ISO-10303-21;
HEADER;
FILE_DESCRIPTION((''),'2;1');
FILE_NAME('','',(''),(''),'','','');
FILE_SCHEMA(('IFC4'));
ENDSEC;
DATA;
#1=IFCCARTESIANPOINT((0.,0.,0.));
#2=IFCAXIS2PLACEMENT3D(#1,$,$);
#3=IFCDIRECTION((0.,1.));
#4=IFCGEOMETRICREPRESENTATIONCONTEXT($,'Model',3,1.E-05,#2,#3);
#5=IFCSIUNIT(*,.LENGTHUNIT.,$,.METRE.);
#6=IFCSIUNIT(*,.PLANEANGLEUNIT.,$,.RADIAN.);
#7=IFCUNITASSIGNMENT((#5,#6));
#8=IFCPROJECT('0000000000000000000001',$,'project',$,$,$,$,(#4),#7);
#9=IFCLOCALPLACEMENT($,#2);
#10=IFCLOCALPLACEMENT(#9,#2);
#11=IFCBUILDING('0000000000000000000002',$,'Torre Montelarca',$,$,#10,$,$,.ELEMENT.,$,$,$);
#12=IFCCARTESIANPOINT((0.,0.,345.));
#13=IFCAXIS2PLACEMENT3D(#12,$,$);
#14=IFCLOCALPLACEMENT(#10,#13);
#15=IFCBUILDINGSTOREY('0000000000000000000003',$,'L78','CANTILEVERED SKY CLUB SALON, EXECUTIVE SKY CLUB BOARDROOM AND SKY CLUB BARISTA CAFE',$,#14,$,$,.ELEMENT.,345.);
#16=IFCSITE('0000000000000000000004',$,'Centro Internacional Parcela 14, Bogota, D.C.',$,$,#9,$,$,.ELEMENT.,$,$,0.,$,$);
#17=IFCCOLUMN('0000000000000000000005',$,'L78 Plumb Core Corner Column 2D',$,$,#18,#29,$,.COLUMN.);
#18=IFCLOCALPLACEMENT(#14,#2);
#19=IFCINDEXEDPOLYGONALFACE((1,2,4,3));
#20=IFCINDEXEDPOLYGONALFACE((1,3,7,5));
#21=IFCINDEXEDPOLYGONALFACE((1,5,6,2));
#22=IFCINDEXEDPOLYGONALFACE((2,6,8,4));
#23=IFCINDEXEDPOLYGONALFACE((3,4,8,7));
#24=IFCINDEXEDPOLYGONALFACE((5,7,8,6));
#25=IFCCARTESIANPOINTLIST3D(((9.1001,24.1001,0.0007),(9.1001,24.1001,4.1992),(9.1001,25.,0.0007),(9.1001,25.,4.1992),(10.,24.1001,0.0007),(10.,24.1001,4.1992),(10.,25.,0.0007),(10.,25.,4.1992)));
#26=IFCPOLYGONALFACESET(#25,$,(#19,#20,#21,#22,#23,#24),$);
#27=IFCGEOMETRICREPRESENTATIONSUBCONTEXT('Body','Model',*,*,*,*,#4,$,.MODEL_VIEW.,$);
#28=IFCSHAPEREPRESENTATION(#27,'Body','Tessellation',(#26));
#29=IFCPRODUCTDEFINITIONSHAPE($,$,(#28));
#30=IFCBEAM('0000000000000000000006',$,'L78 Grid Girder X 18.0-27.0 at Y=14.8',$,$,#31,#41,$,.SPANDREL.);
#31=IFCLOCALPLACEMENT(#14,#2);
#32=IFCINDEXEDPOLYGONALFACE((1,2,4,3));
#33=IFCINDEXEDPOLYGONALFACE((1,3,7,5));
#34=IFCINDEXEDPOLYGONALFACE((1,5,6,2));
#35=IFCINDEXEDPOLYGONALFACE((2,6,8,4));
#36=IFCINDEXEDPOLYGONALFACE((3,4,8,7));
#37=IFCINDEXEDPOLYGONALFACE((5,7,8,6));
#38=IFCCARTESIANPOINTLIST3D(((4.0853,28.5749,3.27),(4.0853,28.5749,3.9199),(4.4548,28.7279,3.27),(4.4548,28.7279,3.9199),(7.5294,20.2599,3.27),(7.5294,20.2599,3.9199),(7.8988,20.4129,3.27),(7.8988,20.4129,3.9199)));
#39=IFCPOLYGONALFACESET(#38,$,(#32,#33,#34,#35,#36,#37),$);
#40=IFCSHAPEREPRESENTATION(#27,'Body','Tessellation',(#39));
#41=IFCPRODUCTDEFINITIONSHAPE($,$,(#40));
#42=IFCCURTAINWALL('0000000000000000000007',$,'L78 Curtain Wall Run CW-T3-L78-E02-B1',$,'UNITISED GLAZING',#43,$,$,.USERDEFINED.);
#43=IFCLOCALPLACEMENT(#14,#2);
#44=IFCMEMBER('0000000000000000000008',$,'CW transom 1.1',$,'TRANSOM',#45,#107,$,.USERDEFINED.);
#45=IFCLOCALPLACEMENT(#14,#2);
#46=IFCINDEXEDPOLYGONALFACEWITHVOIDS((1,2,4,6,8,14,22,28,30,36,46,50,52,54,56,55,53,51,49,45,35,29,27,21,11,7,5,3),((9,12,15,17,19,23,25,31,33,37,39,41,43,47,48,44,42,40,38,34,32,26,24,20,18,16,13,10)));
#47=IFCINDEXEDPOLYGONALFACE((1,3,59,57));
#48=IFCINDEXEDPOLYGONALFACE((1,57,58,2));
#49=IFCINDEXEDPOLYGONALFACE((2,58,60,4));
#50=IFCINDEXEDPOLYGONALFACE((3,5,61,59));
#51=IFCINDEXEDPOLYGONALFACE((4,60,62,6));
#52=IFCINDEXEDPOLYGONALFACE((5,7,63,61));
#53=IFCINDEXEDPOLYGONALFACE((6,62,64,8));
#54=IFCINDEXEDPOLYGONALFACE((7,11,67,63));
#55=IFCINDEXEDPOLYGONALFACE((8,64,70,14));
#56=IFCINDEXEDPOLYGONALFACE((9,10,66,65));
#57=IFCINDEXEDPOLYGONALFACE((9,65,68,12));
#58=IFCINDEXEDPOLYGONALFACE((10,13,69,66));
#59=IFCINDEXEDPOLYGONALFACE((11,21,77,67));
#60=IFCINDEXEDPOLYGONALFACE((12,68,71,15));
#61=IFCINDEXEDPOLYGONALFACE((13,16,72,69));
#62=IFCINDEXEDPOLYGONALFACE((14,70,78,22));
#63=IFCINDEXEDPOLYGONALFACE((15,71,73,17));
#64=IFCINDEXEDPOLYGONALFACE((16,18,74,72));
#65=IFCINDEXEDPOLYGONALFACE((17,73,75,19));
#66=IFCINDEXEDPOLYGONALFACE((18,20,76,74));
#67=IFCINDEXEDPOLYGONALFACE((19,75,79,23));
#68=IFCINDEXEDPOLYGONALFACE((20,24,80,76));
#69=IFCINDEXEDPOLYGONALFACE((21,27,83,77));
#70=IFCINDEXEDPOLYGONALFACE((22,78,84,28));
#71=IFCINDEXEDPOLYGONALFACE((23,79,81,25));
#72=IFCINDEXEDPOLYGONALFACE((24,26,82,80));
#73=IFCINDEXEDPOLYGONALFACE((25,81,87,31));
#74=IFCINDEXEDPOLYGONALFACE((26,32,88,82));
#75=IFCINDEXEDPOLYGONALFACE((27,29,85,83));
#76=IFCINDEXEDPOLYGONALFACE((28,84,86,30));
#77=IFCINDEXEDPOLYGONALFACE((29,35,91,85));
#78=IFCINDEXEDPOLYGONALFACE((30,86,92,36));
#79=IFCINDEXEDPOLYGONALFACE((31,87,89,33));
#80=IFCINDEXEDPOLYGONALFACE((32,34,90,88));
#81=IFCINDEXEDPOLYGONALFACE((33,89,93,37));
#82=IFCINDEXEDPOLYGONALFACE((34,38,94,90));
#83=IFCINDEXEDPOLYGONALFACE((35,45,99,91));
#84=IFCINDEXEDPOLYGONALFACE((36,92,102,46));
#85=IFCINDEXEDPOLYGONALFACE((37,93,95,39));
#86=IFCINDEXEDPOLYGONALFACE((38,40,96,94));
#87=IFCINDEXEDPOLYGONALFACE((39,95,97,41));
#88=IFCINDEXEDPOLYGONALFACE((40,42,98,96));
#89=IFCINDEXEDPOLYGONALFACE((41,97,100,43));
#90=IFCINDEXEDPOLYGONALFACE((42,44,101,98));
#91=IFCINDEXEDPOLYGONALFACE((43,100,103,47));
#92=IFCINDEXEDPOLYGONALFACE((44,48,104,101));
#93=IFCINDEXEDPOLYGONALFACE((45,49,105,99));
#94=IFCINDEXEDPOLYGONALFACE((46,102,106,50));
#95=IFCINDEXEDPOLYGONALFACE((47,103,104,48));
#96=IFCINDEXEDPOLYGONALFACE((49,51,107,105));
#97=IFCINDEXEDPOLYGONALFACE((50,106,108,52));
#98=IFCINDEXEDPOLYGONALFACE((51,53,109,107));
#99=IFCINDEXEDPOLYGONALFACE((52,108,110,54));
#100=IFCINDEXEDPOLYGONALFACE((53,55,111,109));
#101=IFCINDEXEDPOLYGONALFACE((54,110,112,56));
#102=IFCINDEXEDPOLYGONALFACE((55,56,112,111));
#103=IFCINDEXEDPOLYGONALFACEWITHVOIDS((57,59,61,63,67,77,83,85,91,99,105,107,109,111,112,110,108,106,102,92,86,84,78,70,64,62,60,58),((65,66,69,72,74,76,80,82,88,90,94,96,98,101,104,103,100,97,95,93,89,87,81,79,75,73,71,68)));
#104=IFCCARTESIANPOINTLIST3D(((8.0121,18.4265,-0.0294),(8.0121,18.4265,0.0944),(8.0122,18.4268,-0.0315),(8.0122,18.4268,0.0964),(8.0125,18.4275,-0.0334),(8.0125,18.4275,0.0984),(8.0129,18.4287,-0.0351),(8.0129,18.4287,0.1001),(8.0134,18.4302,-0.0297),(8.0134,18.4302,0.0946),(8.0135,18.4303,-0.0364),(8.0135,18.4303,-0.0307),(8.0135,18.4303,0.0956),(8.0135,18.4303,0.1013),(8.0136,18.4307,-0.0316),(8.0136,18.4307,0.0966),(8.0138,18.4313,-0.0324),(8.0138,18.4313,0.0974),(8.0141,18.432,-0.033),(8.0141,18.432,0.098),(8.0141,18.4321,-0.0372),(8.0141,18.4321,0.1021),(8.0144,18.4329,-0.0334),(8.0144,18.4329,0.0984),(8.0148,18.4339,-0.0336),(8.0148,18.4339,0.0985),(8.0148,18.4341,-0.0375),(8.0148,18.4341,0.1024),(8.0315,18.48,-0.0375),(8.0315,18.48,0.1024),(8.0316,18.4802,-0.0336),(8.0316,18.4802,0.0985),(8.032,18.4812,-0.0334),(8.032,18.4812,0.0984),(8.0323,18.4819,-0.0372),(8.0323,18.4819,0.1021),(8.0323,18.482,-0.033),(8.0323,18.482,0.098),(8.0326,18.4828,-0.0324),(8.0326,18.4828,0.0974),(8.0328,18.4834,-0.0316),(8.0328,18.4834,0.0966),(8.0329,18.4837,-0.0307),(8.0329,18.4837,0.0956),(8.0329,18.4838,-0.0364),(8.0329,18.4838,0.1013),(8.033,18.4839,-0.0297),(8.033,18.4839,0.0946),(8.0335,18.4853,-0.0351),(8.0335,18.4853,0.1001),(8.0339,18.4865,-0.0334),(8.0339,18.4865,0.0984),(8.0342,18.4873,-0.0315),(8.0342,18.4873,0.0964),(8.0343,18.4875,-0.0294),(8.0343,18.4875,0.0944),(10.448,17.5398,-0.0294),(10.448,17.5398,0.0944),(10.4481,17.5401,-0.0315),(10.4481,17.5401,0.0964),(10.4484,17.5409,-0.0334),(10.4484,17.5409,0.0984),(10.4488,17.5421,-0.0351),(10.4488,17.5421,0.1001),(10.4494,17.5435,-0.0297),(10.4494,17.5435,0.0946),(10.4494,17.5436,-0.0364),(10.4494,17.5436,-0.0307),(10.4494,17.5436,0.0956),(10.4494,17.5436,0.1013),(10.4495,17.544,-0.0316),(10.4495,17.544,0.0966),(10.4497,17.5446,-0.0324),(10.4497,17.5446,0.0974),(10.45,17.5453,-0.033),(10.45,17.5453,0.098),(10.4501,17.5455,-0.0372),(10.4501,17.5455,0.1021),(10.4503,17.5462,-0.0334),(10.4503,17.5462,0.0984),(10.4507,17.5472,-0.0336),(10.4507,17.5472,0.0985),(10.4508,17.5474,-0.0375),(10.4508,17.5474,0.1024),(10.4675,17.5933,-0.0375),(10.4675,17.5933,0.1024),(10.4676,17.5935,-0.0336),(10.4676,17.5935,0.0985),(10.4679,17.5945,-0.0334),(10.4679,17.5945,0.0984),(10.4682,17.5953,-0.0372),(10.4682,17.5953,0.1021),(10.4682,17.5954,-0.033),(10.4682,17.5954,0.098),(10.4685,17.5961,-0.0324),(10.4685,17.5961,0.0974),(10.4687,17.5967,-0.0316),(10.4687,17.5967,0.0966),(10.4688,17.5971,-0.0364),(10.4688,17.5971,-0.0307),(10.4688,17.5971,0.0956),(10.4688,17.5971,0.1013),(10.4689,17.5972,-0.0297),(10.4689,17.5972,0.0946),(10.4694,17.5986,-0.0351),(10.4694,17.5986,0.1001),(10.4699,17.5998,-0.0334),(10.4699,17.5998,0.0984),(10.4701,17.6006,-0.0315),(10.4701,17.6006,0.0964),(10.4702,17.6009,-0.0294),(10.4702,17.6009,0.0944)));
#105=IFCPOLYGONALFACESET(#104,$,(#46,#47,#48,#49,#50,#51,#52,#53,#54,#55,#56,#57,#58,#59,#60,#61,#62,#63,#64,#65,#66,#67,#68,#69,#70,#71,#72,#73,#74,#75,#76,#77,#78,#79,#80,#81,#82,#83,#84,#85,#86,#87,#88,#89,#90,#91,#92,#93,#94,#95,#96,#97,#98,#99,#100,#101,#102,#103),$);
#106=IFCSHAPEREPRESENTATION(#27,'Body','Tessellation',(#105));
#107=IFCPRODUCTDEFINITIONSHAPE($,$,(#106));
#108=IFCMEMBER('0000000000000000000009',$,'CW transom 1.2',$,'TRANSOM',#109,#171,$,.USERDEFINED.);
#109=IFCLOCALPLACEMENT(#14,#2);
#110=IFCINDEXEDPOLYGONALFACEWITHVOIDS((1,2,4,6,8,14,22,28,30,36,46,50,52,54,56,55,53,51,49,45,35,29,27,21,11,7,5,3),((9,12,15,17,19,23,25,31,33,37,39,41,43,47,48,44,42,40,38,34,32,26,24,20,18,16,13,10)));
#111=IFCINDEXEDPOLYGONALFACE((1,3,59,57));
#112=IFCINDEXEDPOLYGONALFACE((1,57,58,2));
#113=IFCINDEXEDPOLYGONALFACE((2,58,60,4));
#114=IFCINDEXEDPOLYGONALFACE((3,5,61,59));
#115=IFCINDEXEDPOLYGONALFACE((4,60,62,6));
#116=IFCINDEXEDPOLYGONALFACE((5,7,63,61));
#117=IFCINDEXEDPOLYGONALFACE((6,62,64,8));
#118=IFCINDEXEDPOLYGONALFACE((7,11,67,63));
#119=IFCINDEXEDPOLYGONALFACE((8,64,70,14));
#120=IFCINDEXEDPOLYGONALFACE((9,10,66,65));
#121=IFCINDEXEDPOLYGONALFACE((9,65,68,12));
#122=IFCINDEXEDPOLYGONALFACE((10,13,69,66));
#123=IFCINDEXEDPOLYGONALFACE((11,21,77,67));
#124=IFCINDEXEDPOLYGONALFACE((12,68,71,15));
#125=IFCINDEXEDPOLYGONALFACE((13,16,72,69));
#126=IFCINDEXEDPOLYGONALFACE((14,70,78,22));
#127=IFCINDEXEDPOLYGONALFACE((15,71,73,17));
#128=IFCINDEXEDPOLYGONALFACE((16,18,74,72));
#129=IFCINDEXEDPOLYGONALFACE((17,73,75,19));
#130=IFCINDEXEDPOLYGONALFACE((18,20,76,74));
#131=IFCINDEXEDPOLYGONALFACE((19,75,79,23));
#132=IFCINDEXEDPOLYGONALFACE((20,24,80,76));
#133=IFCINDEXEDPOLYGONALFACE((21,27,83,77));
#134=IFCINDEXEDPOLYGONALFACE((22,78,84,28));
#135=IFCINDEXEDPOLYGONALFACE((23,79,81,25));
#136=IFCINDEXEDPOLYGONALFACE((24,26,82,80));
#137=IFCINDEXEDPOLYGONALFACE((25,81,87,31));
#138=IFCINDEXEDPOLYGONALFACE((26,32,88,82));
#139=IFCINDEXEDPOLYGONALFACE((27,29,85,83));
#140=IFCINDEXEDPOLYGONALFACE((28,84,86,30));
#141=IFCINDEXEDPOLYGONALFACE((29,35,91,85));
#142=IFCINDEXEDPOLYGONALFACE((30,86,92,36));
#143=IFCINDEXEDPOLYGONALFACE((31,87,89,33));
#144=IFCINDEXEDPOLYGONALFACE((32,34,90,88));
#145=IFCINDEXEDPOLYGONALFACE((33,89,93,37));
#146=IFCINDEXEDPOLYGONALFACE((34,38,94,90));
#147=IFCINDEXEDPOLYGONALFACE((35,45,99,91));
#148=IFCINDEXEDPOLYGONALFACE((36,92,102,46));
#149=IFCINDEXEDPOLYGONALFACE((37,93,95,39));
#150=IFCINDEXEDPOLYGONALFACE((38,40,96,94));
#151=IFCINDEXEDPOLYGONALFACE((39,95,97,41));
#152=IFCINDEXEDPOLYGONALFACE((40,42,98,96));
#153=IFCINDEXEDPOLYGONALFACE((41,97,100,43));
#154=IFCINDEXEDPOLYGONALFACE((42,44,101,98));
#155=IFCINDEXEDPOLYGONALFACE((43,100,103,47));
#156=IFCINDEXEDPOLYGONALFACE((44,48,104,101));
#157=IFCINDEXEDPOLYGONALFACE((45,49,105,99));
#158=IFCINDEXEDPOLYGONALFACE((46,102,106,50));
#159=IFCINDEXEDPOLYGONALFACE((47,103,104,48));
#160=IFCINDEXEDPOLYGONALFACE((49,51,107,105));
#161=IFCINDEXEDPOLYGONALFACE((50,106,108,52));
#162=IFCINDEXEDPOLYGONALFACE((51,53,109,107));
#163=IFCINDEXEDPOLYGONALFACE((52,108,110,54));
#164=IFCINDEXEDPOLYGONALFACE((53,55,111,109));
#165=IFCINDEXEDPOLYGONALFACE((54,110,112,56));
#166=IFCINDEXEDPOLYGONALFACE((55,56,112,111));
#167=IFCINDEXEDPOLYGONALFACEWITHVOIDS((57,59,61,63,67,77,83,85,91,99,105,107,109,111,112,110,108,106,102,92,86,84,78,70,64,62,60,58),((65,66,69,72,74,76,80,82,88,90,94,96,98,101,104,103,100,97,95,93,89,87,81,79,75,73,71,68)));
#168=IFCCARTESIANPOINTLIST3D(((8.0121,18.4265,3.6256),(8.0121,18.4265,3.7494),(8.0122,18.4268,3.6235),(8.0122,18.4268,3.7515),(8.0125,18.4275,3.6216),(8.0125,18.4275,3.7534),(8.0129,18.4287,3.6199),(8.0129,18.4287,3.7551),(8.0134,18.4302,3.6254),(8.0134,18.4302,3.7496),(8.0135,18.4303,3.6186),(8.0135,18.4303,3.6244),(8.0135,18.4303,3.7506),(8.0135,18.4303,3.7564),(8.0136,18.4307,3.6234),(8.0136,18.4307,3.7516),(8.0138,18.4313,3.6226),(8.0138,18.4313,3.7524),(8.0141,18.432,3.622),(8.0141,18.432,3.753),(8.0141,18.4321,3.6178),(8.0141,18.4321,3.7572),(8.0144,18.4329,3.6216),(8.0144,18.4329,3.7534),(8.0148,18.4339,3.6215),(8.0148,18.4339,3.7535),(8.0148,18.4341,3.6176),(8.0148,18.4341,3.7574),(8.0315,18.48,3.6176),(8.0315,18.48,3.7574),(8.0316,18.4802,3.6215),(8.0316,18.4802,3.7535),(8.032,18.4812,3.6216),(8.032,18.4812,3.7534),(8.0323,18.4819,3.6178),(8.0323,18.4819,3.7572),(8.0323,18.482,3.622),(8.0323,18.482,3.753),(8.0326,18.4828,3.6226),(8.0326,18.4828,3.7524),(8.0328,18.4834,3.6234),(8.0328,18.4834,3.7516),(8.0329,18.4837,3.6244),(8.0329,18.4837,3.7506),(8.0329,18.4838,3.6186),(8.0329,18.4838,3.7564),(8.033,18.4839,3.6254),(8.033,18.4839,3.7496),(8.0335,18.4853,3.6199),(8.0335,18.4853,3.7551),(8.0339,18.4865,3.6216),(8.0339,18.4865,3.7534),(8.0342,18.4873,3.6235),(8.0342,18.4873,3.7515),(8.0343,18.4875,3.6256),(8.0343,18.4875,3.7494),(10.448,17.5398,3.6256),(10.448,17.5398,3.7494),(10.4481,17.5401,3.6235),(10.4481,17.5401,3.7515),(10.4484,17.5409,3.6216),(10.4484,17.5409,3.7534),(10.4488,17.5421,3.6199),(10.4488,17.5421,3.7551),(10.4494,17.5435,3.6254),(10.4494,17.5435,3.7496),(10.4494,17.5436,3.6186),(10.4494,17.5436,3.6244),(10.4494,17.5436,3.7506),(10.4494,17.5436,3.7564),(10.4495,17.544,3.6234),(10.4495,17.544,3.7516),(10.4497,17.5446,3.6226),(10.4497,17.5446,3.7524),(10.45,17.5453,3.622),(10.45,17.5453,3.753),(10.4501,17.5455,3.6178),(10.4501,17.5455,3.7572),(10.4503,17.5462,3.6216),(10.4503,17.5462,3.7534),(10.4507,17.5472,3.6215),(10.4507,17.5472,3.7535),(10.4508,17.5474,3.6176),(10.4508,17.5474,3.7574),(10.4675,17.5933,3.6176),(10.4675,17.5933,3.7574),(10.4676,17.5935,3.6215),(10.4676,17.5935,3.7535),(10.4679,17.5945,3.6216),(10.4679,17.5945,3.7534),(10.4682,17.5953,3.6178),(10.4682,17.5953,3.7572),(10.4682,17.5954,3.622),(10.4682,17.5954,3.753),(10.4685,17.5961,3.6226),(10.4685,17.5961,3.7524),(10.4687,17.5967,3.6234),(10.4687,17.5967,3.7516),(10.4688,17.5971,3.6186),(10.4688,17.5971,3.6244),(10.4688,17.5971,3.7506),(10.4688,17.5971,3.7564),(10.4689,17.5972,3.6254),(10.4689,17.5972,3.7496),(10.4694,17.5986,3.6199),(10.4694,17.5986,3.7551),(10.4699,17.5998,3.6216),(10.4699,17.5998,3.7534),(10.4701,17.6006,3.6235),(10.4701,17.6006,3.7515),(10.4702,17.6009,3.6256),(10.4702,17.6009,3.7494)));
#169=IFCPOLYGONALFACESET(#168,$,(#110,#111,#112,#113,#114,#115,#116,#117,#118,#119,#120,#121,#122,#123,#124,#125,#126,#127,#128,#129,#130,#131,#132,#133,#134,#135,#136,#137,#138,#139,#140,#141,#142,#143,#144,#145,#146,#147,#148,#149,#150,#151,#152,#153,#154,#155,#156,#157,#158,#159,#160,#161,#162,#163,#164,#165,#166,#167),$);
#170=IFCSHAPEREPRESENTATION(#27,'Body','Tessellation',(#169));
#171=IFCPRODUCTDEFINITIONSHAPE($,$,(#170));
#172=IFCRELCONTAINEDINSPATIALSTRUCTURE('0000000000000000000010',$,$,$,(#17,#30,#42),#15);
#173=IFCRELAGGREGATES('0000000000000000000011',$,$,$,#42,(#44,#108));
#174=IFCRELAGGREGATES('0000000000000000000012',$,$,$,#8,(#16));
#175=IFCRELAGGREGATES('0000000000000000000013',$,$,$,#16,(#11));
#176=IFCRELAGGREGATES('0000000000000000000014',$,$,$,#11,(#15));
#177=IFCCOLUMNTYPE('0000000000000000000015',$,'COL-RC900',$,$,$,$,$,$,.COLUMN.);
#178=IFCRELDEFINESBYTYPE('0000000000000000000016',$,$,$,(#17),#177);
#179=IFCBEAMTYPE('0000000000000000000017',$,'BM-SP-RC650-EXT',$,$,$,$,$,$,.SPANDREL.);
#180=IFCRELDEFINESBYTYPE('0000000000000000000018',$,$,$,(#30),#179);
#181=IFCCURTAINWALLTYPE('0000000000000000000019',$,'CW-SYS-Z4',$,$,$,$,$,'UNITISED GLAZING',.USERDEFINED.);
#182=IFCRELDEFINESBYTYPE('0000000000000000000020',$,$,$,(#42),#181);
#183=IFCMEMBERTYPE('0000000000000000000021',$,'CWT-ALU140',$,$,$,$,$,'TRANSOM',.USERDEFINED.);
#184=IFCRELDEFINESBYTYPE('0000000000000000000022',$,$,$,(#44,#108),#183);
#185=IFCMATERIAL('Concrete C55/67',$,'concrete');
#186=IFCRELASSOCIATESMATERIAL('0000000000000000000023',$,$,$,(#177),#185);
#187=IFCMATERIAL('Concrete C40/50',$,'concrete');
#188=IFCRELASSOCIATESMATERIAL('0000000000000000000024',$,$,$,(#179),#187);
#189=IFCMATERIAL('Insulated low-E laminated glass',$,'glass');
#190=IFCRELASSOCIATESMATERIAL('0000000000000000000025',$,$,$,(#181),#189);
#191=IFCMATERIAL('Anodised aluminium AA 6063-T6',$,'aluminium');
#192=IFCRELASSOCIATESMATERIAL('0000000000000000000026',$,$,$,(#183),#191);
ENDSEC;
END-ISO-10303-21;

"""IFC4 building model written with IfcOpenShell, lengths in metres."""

from ifc_helpers import new_model, si_unit, direction, frame, origin, origin_2d, place, context, subcontext, project, spatial, rectangle, hollow_rectangle, extrude, source, transform, mapped, material, material_profile, profile_set, type_object, element, aggregate, save


model = new_model("IFC4")

# Units and contexts
model_context = context("Model", 3, precision=1e-05, world=origin(), true_north=direction((0.0, 1.0)))
body_context = subcontext(model_context, "Body", "Model", "MODEL_VIEW")
ifc_project = project(units=[si_unit("LENGTHUNIT", "METRE"), si_unit("PLANEANGLEUNIT", "RADIAN")], contexts=[model_context])

# Site, building, storey
site_placement = place(None, origin())
site = spatial("IfcSite", under=ifc_project, at=site_placement, Name="Centro Internacional Parcela 14, Bogota, D.C.", CompositionType="ELEMENT", RefElevation=0.0)
building_placement = place(site_placement, origin())
building = spatial("IfcBuilding", under=site, at=building_placement, Name="Torre Montelarca", CompositionType="ELEMENT")
storey_placement = place(building_placement, frame((0.0, 0.0, 345.0)))
storey = spatial("IfcBuildingStorey", under=building, at=storey_placement, Name="L78", Description="CANTILEVERED SKY CLUB SALON, EXECUTIVE SKY CLUB BOARDROOM AND SKY CLUB BARISTA CAFE", CompositionType="ELEMENT", Elevation=345.0)

# Column
ifc_material_1 = material(Name="Concrete C40/50", Category="concrete")
ifc_material_2 = material(Name="Concrete C55/67", Category="concrete")
ifc_material_profile_1 = material_profile(ifc_material_2, rectangle(XDim=0.8999, YDim=0.8999, at=origin_2d()), Name="RC900X900", Category="concrete")
ifc_profile_set_1 = profile_set([ifc_material_profile_1], Name="Concrete C55/67")
column_type_1 = type_object("IfcColumnType", Name="COL-RC900", PredefinedType="COLUMN", material=ifc_profile_set_1)
shared_shape_1 = source(origin(), body_context, "Body", "SweptSolid", [
    extrude(rectangle(XDim=0.8999, YDim=0.8999, at=origin_2d()), origin(), (0.0, 0.0, 1.0), 4.1985),
])
column_1_placement = place(storey_placement, frame((9.55, 24.55, 0.0007), z_axis=(0.0, 0.0, 1.0), x_axis=(1.0, 0.0, 0.0)))
element("IfcColumn", 1, at=column_1_placement, inside=storey, type_object=column_type_1, Name="L78 Plumb Core Corner Column 2D", PredefinedType="COLUMN", context=body_context, shape_type="MappedRepresentation", body=[
    mapped(shared_shape_1, transform((0.0, 0.0, 0.0), scale=1.0)),
])

# Beam
ifc_material_profile_2 = material_profile(ifc_material_1, rectangle(XDim=0.3999, YDim=0.6499, at=origin_2d()), Name="RCB400X650", Category="concrete")
ifc_profile_set_2 = profile_set([ifc_material_profile_2], Name="Concrete C40/50")
beam_type = type_object("IfcBeamType", Name="BM-SP-RC650-EXT", PredefinedType="SPANDREL", material=ifc_profile_set_2)
shared_shape_2 = source(origin(), body_context, "Body", "SweptSolid", [
    extrude(rectangle(XDim=0.3999, YDim=0.6499, at=origin_2d()), origin(), (0.0, 0.0, 1.0), 9.0),
])
beam_placement = place(storey_placement, frame((4.27, 28.6514, 3.595), z_axis=(0.382677, -0.923882, 0.0), x_axis=(0.923882, 0.382677, 0.0)))
element("IfcBeam", 2, at=beam_placement, inside=storey, type_object=beam_type, Name="L78 Grid Girder X 18.0-27.0 at Y=14.8", PredefinedType="SPANDREL", context=body_context, shape_type="MappedRepresentation", body=[
    mapped(shared_shape_2, transform((0.0, 0.0, 0.0), scale=1.0)),
])

# Curtain wall, members
ifc_material_3 = material(Name="Insulated low-E laminated glass", Category="glass")
curtain_wall_type = type_object("IfcCurtainWallType", Name="CW-SYS-Z4", ElementType="UNITISED GLAZING", PredefinedType="USERDEFINED", material=ifc_material_3)
curtain_wall_1_placement = place(storey_placement, origin())
curtain_wall_1 = element("IfcCurtainWall", 3, at=curtain_wall_1_placement, inside=storey, type_object=curtain_wall_type, Name="L78 Curtain Wall Run CW-T3-L78-E02-B1", ObjectType="UNITISED GLAZING", PredefinedType="USERDEFINED")
ifc_material_4 = material(Name="Anodised aluminium AA 6063-T6", Category="aluminium")
ifc_material_profile_3 = material_profile(ifc_material_4, hollow_rectangle(XDim=0.0649, YDim=0.1399, WallThickness=0.0039, InnerFilletRadius=0.0039, OuterFilletRadius=0.0081, at=origin_2d()), Name="ALU65X140X4", Category="aluminium")
ifc_profile_set_3 = profile_set([ifc_material_profile_3], Name="Anodised aluminium AA 6063-T6")
member_type_1 = type_object("IfcMemberType", Name="CWT-ALU140", ElementType="TRANSOM", PredefinedType="USERDEFINED", material=ifc_profile_set_3)
shared_shape_3 = source(origin(), body_context, "Body", "SweptSolid", [
    extrude(hollow_rectangle(XDim=0.0649, YDim=0.1399, WallThickness=0.0039, InnerFilletRadius=0.0039, OuterFilletRadius=0.0081, at=origin_2d()), origin(), (0.0, 0.0, 1.0), 2.5923),
])
member_1_placement = place(storey_placement, frame((8.0232, 18.457, 0.0325), z_axis=(0.939683, -0.342046, 0.0), x_axis=(0.342046, 0.939683, 0.0)))
member_1 = element("IfcMember", 4, at=member_1_placement, type_object=member_type_1, Name="CW transom 1.1", ObjectType="TRANSOM", PredefinedType="USERDEFINED", context=body_context, shape_type="MappedRepresentation", body=[
    mapped(shared_shape_3, transform((0.0, 0.0, 0.0), scale=1.0)),
])
member_2_placement = place(storey_placement, frame((8.0232, 18.457, 3.6875), z_axis=(0.939683, -0.342046, 0.0), x_axis=(0.342046, 0.939683, 0.0)))
member_2 = element("IfcMember", 5, at=member_2_placement, type_object=member_type_1, Name="CW transom 1.2", ObjectType="TRANSOM", PredefinedType="USERDEFINED", context=body_context, shape_type="MappedRepresentation", body=[
    mapped(shared_shape_3, transform((0.0, 0.0, 0.0), scale=1.0)),
])

aggregate(curtain_wall_1, [member_1, member_2])

save(model, "model.ifc")
